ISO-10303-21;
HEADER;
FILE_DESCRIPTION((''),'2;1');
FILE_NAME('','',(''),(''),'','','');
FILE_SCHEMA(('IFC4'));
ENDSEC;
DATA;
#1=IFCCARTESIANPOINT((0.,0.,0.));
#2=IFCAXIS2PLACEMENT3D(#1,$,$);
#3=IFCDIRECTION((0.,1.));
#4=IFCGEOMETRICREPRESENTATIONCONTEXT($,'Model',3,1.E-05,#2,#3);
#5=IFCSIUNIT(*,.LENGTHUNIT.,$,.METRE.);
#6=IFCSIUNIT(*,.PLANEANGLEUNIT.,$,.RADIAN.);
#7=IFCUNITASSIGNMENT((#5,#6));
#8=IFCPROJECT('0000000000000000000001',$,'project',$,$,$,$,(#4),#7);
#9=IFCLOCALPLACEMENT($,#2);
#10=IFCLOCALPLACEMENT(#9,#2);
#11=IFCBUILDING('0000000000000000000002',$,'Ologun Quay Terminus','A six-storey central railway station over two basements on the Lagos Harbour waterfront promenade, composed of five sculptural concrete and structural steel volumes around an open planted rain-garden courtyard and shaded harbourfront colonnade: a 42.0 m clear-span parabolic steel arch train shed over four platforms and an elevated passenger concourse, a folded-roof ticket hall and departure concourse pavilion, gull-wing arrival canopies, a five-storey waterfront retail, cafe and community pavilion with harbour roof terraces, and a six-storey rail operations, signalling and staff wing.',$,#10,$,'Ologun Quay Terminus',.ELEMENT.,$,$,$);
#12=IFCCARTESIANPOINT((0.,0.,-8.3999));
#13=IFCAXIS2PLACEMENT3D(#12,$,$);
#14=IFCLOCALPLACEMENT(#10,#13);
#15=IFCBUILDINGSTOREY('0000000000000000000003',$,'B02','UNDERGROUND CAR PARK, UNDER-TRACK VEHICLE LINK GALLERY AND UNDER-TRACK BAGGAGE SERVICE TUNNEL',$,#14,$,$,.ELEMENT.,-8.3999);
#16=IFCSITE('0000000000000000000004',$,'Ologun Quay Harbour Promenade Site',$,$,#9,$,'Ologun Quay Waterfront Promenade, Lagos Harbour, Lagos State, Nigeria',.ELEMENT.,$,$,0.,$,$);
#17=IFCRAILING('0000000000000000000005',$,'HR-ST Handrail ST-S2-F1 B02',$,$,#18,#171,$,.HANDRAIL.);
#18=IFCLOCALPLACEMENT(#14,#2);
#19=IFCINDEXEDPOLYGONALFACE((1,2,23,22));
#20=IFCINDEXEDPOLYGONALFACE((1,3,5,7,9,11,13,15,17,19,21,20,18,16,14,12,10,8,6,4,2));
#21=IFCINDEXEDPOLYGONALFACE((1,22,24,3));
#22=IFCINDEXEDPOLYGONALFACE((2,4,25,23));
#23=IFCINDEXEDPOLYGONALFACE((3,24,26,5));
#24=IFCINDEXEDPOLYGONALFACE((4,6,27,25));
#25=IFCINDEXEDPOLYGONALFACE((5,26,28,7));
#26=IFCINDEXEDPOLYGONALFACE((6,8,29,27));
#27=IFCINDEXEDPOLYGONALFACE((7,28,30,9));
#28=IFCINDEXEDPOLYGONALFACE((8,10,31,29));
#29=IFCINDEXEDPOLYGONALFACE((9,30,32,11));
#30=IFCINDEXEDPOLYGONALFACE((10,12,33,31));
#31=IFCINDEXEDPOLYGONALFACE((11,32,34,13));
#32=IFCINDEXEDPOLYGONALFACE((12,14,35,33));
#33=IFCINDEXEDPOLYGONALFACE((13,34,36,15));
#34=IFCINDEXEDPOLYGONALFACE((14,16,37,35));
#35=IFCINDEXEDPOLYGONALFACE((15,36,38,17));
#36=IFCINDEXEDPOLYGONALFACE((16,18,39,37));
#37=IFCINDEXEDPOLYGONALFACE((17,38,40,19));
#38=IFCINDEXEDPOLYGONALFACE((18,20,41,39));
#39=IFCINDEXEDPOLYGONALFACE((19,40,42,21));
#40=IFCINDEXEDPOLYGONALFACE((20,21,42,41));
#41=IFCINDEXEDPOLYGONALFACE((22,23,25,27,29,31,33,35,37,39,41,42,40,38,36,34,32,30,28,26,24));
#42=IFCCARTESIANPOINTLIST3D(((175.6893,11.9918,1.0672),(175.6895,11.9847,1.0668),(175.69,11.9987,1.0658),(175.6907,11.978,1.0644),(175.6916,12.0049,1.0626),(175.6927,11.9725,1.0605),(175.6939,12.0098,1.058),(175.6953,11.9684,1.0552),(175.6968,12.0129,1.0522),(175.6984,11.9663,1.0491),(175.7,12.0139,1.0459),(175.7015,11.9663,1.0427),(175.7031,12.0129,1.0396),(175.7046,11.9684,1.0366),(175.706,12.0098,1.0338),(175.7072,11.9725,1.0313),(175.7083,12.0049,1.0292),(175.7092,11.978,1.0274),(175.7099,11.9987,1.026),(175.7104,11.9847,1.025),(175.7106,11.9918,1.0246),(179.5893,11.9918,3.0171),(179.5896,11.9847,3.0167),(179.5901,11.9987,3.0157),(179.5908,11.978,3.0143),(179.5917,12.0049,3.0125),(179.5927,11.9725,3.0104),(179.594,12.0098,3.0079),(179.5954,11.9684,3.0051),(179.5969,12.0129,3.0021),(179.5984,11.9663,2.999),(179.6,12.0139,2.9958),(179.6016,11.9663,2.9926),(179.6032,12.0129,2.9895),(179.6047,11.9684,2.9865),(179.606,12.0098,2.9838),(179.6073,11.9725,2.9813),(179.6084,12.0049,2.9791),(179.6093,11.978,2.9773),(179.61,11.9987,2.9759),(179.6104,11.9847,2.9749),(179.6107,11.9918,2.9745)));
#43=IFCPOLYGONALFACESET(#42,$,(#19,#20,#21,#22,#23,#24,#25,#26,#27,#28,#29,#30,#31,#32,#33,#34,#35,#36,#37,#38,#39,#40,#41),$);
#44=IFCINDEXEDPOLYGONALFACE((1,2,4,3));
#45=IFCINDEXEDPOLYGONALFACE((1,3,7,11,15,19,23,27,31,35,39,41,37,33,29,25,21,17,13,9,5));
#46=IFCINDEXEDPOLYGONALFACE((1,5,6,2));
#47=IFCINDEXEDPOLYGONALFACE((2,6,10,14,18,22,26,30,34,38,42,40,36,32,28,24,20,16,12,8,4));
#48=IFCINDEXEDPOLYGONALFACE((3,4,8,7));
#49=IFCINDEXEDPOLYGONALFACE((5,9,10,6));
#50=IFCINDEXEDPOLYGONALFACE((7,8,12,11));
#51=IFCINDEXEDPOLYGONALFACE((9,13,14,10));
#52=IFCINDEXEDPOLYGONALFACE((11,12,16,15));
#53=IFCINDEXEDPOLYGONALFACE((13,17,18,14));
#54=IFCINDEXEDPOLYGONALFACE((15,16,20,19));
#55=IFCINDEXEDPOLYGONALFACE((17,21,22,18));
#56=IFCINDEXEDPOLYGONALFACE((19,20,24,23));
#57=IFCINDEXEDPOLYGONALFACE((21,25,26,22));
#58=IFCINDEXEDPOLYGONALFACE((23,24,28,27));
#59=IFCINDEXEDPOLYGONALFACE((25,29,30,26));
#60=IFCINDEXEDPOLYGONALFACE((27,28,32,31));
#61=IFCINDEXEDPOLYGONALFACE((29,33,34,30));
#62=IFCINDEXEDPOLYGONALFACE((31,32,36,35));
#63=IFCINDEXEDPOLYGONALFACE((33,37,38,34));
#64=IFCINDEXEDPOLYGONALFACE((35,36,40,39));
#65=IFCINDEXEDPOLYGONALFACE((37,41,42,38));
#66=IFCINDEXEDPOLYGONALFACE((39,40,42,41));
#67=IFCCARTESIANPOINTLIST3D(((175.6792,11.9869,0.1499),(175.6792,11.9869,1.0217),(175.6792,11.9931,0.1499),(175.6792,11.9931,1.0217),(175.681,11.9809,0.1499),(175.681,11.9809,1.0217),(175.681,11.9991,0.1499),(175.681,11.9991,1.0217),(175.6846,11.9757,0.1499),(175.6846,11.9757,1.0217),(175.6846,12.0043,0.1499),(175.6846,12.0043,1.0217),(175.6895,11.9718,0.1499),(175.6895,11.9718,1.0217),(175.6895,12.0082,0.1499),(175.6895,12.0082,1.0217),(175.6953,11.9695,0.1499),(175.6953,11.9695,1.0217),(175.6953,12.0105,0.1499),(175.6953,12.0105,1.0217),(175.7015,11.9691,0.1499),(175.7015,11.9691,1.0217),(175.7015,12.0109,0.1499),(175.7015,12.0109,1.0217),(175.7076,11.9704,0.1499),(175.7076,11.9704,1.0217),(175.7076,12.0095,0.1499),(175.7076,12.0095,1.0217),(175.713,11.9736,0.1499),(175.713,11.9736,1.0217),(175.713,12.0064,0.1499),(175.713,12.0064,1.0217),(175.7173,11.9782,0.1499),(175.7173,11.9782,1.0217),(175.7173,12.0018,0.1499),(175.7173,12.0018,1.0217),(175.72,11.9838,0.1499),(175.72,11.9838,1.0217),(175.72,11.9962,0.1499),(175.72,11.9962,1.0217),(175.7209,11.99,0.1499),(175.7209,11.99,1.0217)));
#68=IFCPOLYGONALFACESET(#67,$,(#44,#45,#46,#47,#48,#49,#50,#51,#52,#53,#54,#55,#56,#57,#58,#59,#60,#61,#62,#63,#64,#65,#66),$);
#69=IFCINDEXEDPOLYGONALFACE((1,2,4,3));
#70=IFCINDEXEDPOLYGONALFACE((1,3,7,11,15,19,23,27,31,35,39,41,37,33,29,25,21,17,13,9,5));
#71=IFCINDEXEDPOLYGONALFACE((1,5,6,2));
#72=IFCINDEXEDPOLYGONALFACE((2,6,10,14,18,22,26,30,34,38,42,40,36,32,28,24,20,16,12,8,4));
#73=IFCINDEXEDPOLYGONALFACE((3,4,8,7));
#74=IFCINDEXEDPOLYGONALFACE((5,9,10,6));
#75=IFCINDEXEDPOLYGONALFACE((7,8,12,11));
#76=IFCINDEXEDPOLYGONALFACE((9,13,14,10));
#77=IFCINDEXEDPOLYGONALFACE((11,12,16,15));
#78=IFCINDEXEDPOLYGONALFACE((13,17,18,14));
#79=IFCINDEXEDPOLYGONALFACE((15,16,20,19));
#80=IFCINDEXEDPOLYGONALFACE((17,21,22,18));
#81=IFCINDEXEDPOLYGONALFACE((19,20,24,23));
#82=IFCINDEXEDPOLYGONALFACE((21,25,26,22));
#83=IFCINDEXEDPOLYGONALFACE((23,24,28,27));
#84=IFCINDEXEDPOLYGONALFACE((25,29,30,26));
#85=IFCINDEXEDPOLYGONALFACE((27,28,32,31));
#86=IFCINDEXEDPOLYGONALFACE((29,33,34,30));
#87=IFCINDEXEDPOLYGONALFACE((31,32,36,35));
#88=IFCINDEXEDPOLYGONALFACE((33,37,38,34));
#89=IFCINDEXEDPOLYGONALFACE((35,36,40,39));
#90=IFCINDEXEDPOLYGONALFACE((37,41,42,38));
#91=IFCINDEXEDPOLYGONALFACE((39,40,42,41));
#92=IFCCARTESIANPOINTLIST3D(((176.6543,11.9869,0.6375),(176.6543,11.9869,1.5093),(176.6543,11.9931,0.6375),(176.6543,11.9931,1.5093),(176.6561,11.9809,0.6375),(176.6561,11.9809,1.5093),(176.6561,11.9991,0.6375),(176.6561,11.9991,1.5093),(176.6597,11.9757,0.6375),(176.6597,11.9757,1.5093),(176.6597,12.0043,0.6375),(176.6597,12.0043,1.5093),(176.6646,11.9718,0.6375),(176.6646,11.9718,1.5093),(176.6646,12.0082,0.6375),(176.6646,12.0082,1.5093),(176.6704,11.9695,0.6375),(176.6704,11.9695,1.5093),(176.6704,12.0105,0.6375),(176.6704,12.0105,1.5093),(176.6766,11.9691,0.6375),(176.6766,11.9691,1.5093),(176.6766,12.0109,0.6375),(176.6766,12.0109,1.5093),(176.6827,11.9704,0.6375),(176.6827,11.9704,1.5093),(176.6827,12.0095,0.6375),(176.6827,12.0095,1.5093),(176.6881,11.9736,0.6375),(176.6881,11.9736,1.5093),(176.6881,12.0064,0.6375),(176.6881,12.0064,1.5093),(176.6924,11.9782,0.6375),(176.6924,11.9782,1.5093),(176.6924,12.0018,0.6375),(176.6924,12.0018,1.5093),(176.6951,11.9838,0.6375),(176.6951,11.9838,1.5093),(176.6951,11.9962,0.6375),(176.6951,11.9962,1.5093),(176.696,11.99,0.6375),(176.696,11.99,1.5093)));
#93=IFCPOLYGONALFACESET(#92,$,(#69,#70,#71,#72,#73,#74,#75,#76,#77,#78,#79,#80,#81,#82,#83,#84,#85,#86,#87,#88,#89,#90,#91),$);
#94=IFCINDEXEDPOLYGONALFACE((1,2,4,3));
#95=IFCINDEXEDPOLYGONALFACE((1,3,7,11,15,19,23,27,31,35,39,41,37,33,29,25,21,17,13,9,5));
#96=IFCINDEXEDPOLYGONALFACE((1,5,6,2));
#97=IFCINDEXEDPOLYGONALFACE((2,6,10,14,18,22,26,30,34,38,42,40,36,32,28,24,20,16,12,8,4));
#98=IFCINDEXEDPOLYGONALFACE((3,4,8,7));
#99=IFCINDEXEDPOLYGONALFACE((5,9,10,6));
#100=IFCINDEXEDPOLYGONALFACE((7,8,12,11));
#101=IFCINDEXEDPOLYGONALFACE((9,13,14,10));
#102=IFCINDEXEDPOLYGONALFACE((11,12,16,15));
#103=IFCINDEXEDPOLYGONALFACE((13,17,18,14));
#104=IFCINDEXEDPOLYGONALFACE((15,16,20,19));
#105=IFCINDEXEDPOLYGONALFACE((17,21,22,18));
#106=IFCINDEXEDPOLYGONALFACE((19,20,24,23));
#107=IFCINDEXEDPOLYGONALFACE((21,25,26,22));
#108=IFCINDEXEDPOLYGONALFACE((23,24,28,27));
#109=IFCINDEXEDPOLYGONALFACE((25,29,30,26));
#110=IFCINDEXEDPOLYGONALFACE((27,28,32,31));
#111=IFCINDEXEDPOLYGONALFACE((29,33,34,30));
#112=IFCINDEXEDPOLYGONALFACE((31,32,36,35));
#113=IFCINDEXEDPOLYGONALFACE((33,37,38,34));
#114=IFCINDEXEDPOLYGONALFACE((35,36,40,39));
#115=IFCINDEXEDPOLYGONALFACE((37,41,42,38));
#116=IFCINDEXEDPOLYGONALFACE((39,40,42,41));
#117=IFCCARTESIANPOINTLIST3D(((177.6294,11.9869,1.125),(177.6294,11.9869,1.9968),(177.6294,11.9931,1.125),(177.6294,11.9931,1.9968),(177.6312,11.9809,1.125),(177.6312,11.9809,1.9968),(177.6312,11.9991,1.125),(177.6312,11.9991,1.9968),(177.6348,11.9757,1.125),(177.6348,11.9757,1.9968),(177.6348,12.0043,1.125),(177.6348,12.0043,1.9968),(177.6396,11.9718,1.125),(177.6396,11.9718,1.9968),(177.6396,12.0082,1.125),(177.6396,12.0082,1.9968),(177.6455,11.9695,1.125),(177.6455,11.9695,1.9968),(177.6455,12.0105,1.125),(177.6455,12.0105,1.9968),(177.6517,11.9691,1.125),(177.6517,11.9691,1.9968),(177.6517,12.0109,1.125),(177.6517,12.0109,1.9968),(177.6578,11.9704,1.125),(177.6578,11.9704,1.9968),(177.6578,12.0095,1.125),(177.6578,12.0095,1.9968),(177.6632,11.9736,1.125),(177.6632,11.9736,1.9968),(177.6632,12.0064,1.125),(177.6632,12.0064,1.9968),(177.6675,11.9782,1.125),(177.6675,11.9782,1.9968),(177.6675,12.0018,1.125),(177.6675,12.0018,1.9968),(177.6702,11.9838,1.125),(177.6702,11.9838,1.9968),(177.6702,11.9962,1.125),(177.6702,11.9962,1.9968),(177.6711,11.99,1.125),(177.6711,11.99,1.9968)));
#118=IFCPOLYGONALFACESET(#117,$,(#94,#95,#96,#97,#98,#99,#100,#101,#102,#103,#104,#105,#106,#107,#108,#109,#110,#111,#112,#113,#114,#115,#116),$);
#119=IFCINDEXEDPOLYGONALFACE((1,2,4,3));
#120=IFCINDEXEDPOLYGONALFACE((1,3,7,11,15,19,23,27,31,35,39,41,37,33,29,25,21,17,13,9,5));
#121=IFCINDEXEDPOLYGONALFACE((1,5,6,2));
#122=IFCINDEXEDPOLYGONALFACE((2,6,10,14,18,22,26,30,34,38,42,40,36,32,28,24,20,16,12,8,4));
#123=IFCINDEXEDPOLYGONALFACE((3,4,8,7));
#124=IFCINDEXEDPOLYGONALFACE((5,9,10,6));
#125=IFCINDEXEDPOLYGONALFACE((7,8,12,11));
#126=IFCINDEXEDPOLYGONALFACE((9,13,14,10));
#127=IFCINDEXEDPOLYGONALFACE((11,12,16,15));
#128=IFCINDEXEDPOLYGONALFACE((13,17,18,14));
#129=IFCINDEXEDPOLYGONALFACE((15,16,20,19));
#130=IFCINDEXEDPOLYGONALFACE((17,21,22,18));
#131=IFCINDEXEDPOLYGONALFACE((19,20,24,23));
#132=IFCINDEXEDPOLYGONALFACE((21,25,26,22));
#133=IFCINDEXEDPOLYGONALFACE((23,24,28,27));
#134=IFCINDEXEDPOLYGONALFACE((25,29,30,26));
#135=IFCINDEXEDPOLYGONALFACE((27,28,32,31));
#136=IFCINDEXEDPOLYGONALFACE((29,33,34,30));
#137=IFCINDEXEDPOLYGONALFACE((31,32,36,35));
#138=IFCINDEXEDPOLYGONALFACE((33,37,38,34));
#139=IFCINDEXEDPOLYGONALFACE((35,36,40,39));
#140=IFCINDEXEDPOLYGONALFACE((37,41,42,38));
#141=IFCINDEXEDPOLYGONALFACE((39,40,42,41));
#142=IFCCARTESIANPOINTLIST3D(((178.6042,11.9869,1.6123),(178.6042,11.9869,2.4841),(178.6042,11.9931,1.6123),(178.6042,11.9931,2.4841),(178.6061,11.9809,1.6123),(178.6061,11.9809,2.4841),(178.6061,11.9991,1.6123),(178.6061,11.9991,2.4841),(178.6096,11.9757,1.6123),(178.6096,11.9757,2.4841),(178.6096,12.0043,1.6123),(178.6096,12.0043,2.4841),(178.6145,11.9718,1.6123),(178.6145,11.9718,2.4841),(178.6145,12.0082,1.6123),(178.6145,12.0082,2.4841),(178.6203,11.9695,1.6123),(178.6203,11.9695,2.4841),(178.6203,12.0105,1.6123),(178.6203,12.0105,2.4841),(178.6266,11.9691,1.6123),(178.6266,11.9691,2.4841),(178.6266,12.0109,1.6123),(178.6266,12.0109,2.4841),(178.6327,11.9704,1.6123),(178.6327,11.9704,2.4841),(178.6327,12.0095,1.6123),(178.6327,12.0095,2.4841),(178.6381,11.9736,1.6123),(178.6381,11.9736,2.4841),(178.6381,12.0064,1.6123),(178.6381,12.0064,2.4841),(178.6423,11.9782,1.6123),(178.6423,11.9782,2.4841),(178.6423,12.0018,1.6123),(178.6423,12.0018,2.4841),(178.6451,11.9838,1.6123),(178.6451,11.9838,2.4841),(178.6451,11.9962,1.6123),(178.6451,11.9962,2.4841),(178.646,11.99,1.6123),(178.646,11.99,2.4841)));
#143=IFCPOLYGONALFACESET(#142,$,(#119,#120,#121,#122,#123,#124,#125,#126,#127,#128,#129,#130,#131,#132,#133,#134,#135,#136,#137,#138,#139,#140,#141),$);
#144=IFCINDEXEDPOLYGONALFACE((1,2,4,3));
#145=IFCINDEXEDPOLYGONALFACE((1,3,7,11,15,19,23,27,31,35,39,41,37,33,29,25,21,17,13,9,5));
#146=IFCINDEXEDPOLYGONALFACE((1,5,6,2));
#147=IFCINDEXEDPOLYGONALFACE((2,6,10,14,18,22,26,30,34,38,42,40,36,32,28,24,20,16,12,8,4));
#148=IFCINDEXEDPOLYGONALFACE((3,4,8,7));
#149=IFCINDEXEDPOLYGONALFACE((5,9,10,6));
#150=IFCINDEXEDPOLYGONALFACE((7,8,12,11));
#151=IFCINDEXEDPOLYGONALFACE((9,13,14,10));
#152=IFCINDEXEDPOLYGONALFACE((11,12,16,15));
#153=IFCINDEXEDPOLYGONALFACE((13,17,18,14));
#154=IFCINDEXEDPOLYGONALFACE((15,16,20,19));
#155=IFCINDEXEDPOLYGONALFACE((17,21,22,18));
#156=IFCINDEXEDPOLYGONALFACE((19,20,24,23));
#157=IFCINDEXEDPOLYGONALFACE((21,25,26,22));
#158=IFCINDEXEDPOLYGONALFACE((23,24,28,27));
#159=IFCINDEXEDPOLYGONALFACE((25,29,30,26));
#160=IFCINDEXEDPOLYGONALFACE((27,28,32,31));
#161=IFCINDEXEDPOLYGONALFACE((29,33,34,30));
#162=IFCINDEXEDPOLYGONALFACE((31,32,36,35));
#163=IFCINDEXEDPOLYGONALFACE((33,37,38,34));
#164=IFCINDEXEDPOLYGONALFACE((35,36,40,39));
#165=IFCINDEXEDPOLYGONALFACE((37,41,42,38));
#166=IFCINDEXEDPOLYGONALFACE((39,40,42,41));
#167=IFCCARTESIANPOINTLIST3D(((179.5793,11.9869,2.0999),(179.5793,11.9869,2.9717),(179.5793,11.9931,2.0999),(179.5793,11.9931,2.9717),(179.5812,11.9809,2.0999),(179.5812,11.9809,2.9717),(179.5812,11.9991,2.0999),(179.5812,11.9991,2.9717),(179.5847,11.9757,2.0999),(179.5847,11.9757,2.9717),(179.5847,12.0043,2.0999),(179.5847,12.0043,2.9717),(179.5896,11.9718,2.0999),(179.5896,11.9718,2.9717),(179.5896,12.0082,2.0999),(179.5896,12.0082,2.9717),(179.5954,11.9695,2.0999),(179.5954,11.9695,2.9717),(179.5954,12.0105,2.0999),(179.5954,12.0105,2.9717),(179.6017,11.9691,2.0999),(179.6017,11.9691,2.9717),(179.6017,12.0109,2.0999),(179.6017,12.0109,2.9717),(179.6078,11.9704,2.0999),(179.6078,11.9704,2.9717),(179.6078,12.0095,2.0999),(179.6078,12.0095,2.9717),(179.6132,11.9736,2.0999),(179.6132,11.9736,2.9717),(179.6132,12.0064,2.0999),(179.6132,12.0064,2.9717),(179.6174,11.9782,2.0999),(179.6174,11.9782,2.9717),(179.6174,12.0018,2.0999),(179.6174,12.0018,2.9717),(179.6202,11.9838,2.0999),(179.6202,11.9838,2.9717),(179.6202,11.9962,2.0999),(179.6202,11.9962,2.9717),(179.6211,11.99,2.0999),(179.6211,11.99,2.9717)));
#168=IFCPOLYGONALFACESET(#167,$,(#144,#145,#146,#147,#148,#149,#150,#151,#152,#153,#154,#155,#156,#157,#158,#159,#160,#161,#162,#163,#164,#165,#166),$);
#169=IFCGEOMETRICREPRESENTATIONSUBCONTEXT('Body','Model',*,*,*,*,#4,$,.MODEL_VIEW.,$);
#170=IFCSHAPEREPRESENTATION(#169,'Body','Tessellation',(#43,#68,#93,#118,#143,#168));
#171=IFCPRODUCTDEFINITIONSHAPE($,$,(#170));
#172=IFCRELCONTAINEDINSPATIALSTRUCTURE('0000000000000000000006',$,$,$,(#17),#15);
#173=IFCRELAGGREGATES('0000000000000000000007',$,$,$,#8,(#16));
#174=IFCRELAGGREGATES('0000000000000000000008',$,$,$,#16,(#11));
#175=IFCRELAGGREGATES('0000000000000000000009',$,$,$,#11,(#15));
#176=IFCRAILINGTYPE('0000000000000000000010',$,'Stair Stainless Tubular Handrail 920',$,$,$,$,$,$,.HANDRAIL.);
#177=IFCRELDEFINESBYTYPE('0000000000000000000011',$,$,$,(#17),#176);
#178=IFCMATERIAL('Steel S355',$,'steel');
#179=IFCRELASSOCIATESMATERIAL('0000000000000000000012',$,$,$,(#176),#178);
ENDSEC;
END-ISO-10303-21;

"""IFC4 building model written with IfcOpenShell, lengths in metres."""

from ifc_helpers import new_model, si_unit, direction, frame, origin, origin_2d, place, context, subcontext, project, spatial, circle, extrude, material, type_object, element, save


model = new_model("IFC4")

# Units and contexts
model_context = context("Model", 3, precision=1e-05, world=origin(), true_north=direction((0.0, 1.0)))
body_context = subcontext(model_context, "Body", "Model", "MODEL_VIEW")
ifc_project = project(units=[si_unit("LENGTHUNIT", "METRE"), si_unit("PLANEANGLEUNIT", "RADIAN")], contexts=[model_context])

# Site, building, storey
site_placement = place(None, origin())
site = spatial("IfcSite", under=ifc_project, at=site_placement, Name="Ologun Quay Harbour Promenade Site", LongName="Ologun Quay Waterfront Promenade, Lagos Harbour, Lagos State, Nigeria", CompositionType="ELEMENT", RefElevation=0.0)
building_placement = place(site_placement, origin())
building = spatial("IfcBuilding", under=site, at=building_placement, Name="Ologun Quay Terminus", Description="A six-storey central railway station over two basements on the Lagos Harbour waterfront promenade, composed of five sculptural concrete and structural steel volumes around an open planted rain-garden courtyard and shaded harbourfront colonnade: a 42.0 m clear-span parabolic steel arch train shed over four platforms and an elevated passenger concourse, a folded-roof ticket hall and departure concourse pavilion, gull-wing arrival canopies, a five-storey waterfront retail, cafe and community pavilion with harbour roof terraces, and a six-storey rail operations, signalling and staff wing.", LongName="Ologun Quay Terminus", CompositionType="ELEMENT")
storey_placement = place(building_placement, frame((0.0, 0.0, -8.3999)))
storey = spatial("IfcBuildingStorey", under=building, at=storey_placement, Name="B02", Description="UNDERGROUND CAR PARK, UNDER-TRACK VEHICLE LINK GALLERY AND UNDER-TRACK BAGGAGE SERVICE TUNNEL", CompositionType="ELEMENT", Elevation=-8.3999)

# Railing
ifc_material_1 = material(Name="Steel S355", Category="steel")
railing_type_1 = type_object("IfcRailingType", Name="Stair Stainless Tubular Handrail 920", PredefinedType="HANDRAIL", material=ifc_material_1)
railing_1_placement = place(storey_placement, frame((175.7, 11.99, 0.1499)))
element("IfcRailing", 1, at=railing_1_placement, inside=storey, type_object=railing_type_1, Name="HR-ST Handrail ST-S2-F1 B02", PredefinedType="HANDRAIL", context=body_context, shape_type="SweptSolid", body=[
    extrude(circle(Radius=0.0239, at=origin_2d()), frame((0.0, 0.0, 0.896), z_axis=(0.894438, 0.0, 0.447191), x_axis=(0.0, 1.0, 0.0)), (0.0, 0.0, 1.0), 4.3604),
    extrude(circle(Radius=0.021, at=origin_2d()), origin(), (0.0, 0.0, 1.0), 0.8718),
    extrude(circle(Radius=0.021, at=origin_2d()), frame((0.9751, 0.0, 0.4875)), (0.0, 0.0, 1.0), 0.8718),
    extrude(circle(Radius=0.021, at=origin_2d()), frame((1.9502, 0.0, 0.9751)), (0.0, 0.0, 1.0), 0.8718),
    extrude(circle(Radius=0.021, at=origin_2d()), frame((2.925, 0.0, 1.4624)), (0.0, 0.0, 1.0), 0.8718),
    extrude(circle(Radius=0.021, at=origin_2d()), frame((3.9001, 0.0, 1.95)), (0.0, 0.0, 1.0), 0.8718),
])

save(model, "model.ifc")
